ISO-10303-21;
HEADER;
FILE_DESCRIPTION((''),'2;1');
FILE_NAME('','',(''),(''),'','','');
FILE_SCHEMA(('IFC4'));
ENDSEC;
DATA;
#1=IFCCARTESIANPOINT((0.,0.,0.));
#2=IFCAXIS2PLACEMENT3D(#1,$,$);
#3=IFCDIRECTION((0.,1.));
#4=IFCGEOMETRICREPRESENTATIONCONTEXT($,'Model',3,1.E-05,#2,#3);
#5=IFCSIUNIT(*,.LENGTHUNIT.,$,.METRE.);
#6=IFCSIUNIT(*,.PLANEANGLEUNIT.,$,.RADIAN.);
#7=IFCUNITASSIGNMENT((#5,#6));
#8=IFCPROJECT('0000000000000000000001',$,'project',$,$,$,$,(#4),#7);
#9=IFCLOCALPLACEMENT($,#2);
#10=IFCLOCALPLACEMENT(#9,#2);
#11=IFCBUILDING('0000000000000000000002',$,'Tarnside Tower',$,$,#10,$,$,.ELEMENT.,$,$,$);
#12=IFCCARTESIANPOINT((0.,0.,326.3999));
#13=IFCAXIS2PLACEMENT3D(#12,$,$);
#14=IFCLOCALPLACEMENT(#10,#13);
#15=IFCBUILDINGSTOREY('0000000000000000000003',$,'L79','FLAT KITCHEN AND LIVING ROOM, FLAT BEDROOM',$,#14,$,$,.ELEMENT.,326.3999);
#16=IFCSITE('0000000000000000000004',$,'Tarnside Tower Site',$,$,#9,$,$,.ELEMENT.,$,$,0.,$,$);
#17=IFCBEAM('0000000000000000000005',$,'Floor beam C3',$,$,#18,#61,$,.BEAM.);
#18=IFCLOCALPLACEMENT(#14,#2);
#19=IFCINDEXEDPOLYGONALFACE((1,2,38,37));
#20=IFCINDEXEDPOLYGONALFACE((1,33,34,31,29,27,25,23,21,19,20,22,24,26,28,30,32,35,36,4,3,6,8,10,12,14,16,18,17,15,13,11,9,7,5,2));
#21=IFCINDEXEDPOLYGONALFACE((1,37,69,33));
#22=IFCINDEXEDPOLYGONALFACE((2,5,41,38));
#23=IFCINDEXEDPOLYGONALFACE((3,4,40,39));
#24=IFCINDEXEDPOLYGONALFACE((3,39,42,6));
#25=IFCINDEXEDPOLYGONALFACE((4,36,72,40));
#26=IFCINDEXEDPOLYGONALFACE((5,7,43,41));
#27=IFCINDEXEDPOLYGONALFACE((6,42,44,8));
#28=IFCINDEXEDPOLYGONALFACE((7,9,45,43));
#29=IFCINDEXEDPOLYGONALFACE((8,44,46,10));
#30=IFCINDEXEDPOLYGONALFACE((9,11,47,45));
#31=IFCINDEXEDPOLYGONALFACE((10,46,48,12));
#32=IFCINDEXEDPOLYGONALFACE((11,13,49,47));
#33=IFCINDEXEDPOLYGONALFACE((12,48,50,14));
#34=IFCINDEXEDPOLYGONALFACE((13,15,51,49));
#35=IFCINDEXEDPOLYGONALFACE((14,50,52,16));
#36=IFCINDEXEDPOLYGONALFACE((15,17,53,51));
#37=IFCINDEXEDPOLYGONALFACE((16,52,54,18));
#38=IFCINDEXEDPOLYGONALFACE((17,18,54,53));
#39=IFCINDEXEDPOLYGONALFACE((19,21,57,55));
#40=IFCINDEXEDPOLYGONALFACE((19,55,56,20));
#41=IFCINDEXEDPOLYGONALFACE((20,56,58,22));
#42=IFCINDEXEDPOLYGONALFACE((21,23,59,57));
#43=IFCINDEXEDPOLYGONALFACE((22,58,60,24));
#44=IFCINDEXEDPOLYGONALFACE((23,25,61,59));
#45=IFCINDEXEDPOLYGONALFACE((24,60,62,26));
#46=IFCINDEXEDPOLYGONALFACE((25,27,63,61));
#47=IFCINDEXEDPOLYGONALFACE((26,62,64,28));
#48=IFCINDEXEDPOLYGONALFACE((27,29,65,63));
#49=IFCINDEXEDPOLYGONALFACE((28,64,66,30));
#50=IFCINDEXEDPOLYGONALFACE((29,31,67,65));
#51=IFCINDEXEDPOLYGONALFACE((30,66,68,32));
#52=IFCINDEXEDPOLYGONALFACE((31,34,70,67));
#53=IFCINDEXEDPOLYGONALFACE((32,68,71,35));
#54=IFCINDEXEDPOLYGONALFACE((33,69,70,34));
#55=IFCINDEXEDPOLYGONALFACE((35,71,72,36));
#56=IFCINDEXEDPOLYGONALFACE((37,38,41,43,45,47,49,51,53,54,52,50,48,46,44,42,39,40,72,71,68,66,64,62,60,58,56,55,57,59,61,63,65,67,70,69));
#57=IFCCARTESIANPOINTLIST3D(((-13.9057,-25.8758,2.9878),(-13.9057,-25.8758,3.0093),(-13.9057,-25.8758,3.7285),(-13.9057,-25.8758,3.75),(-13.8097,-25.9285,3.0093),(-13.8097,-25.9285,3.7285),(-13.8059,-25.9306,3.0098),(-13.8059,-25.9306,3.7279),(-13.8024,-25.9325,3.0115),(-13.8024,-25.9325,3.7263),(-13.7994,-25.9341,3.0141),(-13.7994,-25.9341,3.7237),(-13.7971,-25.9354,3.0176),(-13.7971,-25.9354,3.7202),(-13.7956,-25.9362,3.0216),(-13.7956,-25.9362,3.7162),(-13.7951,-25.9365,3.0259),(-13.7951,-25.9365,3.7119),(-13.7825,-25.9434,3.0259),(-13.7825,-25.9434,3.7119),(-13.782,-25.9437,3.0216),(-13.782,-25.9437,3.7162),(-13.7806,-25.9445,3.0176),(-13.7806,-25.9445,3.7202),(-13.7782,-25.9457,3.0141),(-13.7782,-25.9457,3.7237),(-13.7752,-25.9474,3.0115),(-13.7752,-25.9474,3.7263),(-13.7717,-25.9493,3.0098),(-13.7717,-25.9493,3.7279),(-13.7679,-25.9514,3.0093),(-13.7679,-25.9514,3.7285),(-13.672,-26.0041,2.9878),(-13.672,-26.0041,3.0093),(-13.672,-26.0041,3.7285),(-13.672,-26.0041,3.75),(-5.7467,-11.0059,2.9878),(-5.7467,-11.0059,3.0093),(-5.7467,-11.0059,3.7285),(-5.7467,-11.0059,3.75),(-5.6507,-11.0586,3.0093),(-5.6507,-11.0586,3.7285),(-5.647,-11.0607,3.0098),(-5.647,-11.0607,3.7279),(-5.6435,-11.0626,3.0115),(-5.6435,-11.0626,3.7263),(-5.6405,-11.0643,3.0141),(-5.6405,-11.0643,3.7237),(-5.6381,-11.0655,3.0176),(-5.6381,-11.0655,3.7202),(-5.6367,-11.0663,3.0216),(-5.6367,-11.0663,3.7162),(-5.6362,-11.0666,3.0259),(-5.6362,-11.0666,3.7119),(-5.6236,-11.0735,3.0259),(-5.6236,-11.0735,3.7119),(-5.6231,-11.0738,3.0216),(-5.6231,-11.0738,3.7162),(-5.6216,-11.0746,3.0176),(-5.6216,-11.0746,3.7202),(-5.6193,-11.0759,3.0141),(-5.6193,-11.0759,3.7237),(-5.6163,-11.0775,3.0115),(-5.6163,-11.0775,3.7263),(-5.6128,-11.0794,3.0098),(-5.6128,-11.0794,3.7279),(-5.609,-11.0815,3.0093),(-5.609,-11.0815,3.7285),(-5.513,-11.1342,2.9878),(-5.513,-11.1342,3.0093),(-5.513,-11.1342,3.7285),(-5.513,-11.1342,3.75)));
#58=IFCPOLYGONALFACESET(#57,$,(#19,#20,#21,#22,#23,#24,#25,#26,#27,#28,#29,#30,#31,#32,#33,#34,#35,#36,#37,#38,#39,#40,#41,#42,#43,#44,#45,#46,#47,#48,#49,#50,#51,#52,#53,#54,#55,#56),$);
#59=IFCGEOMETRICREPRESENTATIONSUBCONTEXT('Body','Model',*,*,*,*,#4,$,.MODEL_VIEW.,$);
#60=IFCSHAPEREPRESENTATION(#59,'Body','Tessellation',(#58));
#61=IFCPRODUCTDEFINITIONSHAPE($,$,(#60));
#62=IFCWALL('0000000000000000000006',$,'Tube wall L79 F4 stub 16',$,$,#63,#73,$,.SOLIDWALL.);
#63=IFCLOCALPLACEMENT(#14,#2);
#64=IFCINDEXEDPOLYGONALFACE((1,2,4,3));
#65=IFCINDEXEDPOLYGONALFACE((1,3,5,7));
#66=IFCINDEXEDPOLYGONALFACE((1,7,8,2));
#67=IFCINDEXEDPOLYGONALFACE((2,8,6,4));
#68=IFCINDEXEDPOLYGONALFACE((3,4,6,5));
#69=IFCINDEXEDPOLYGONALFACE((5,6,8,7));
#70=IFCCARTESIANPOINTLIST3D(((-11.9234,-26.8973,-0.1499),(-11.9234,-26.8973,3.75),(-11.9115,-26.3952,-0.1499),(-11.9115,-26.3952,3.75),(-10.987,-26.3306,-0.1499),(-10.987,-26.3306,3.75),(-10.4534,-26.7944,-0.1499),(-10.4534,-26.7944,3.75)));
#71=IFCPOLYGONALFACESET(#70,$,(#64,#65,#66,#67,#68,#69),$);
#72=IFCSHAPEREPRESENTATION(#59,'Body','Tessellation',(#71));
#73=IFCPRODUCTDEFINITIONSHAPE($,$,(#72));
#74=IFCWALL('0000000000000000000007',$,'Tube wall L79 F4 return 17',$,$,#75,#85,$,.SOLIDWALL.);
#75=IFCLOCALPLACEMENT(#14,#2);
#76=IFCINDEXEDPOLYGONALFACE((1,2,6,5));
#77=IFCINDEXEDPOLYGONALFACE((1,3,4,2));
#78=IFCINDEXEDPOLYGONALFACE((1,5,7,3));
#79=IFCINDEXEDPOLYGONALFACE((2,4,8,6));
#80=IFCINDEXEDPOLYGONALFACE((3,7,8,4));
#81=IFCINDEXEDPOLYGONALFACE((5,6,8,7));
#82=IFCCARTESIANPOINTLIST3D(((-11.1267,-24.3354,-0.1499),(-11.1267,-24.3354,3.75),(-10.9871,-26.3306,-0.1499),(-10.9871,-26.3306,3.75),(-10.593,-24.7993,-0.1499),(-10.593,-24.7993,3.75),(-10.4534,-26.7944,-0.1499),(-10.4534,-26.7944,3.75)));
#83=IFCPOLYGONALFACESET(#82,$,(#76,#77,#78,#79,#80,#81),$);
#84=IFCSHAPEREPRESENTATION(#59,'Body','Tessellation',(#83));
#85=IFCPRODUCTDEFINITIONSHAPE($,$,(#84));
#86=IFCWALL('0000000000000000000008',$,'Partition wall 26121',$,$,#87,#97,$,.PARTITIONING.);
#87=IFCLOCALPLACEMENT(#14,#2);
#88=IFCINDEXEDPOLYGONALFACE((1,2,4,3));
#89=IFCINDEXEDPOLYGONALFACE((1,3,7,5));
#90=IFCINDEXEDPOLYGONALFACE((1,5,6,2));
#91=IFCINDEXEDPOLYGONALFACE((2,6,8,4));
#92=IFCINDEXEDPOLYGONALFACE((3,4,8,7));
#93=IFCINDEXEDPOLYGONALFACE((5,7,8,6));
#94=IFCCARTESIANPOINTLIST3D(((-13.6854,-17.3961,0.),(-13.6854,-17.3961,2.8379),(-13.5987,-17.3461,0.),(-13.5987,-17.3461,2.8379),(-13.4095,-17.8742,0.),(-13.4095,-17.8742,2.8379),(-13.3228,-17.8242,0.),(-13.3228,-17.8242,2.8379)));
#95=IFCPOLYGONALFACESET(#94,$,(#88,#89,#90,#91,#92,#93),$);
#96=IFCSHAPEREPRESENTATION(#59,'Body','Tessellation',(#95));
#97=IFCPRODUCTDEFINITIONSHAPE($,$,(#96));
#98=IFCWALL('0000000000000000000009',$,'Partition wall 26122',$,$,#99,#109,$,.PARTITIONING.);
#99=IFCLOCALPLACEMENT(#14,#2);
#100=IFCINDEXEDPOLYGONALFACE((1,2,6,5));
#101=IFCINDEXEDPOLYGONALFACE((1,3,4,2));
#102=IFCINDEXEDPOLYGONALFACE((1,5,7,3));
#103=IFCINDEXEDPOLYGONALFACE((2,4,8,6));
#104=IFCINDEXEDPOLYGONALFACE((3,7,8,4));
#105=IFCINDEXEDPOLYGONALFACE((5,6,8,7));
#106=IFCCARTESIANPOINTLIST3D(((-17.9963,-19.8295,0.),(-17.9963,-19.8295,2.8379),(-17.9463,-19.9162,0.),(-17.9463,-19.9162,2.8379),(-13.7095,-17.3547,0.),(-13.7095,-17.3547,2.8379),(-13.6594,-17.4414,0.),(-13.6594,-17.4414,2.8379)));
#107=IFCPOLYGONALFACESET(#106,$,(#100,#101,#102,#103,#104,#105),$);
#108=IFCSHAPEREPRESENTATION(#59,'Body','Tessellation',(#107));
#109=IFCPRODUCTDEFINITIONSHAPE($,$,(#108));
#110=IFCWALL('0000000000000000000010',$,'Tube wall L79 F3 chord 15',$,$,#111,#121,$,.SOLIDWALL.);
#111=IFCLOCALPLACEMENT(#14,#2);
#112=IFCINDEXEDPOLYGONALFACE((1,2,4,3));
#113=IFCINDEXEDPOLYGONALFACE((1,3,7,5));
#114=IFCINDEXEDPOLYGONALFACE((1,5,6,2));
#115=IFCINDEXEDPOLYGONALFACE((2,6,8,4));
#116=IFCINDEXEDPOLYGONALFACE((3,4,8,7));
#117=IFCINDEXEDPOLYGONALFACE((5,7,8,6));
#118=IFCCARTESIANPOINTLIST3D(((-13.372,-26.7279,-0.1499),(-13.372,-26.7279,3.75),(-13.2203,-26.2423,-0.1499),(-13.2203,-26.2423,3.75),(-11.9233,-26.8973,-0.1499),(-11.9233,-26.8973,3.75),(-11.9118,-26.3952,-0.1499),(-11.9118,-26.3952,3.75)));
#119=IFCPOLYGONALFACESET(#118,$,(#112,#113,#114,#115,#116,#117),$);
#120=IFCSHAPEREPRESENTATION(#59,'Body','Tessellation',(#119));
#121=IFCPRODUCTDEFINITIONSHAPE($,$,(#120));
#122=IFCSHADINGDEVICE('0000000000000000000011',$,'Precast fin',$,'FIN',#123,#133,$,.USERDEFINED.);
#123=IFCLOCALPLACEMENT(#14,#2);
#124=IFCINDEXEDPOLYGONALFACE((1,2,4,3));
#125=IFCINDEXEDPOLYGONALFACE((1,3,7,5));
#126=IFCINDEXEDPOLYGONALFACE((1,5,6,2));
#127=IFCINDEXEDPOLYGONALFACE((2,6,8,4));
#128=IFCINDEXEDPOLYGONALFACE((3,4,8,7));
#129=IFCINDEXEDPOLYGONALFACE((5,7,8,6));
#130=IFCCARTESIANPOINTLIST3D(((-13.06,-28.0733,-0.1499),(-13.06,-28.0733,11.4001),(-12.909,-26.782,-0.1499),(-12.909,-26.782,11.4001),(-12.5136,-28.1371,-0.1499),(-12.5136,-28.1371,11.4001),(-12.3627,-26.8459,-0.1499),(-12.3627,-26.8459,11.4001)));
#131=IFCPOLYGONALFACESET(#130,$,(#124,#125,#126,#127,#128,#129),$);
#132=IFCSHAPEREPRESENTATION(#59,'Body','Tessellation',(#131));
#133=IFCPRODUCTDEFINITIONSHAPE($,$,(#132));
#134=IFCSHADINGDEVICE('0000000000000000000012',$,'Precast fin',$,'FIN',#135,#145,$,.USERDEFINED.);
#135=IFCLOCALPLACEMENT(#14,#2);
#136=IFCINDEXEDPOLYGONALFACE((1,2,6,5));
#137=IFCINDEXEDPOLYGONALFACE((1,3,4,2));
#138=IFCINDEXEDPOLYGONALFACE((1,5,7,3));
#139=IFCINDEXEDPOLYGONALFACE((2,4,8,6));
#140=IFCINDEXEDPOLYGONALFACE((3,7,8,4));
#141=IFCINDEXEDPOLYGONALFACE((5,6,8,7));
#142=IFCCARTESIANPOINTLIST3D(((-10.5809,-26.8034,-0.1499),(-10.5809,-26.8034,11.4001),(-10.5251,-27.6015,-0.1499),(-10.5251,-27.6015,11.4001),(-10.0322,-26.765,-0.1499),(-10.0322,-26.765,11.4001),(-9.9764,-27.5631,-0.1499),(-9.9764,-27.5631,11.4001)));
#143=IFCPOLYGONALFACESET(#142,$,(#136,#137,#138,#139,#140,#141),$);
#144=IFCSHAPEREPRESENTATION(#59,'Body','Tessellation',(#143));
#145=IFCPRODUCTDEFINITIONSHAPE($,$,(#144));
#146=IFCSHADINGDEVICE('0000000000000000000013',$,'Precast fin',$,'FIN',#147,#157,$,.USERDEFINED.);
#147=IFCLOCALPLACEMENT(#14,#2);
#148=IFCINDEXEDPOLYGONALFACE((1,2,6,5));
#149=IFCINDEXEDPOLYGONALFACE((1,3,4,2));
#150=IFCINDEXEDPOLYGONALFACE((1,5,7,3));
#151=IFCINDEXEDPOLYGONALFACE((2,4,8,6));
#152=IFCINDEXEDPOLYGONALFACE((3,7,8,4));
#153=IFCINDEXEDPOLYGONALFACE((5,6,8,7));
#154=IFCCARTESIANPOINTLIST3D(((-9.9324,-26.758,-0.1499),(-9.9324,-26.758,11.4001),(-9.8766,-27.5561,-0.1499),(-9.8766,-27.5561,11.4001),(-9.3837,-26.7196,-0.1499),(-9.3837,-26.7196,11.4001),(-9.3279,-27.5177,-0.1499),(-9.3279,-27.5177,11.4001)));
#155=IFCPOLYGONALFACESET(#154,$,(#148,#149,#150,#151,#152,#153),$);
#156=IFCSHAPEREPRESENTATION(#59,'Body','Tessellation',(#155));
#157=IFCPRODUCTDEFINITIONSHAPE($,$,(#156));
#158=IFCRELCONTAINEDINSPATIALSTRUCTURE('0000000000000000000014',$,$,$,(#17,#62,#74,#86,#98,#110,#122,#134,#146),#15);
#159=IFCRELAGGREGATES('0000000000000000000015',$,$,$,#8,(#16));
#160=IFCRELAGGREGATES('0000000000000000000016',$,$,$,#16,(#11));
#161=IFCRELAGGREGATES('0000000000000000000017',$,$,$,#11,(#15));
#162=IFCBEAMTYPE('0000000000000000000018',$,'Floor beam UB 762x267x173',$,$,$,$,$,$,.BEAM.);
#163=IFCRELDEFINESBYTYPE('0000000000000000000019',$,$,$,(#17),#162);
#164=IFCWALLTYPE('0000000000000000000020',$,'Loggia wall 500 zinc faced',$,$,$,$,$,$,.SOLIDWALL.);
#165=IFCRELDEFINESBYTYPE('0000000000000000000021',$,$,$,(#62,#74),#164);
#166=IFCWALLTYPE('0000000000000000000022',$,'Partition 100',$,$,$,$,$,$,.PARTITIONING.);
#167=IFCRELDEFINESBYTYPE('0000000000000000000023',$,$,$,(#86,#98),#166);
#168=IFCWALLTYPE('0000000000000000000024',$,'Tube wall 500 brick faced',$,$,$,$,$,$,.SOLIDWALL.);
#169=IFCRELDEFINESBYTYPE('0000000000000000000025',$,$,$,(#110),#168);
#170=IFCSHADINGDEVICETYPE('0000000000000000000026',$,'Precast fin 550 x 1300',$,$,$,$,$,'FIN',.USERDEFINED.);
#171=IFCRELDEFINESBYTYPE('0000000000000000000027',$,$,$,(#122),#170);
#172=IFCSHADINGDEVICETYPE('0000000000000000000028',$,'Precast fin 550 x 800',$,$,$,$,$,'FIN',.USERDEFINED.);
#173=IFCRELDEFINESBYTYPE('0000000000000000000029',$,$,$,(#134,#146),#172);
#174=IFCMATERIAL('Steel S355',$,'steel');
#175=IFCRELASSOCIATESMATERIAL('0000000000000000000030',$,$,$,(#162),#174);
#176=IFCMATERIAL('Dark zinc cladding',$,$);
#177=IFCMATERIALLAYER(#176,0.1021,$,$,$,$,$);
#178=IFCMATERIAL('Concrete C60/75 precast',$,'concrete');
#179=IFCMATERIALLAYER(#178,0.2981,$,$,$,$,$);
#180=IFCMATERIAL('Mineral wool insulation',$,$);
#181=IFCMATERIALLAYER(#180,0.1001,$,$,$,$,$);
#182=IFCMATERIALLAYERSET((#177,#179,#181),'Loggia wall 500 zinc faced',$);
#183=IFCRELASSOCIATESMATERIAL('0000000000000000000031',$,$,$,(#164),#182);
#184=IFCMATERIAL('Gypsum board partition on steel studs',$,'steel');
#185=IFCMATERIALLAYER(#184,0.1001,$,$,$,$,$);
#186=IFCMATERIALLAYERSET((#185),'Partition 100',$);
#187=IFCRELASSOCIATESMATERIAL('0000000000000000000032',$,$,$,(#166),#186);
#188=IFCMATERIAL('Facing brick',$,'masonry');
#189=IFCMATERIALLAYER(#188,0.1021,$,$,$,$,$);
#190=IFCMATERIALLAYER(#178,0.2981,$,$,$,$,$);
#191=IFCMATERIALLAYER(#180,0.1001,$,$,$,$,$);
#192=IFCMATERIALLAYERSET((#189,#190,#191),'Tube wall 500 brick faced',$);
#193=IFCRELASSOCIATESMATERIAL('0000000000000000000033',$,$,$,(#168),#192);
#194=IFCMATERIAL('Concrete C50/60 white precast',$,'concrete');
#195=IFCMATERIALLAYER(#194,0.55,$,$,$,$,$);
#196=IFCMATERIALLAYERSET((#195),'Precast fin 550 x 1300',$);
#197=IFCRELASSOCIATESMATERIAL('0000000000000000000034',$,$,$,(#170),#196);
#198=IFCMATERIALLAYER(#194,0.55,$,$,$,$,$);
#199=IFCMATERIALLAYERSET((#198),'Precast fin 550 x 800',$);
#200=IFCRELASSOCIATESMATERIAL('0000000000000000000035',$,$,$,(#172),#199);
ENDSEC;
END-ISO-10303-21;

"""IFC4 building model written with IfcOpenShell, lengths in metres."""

from ifc_helpers import new_model, si_unit, direction, frame, frame_2d, origin, origin_2d, place, context, subcontext, project, spatial, polyline, rectangle, i_section, outline, extrude, material, layer, layer_set, material_profile, profile_set, type_object, element, save


model = new_model("IFC4")

# Units and contexts
model_context = context("Model", 3, precision=1e-05, world=origin(), true_north=direction((0.0, 1.0)))
body_context = subcontext(model_context, "Body", "Model", "MODEL_VIEW")
ifc_project = project(units=[si_unit("LENGTHUNIT", "METRE"), si_unit("PLANEANGLEUNIT", "RADIAN")], contexts=[model_context])

# Site, building, storey
site_placement = place(None, origin())
site = spatial("IfcSite", under=ifc_project, at=site_placement, Name="Tarnside Tower Site", CompositionType="ELEMENT", RefElevation=0.0)
building_placement = place(site_placement, origin())
building = spatial("IfcBuilding", under=site, at=building_placement, Name="Tarnside Tower", CompositionType="ELEMENT")
storey_placement = place(building_placement, frame((0.0, 0.0, 326.3999)))
storey = spatial("IfcBuildingStorey", under=building, at=storey_placement, Name="L79", Description="FLAT KITCHEN AND LIVING ROOM, FLAT BEDROOM", CompositionType="ELEMENT", Elevation=326.3999)

# Beam
ifc_material_1 = material(Name="Steel S355", Category="steel")
ifc_material_profile = material_profile(ifc_material_1, i_section(OverallWidth=0.2666, OverallDepth=0.7622, WebThickness=0.0144, FlangeThickness=0.0215, FilletRadius=0.0166, at=origin_2d()), Name="UB 762x267x173")
ifc_profile_set = profile_set([ifc_material_profile], Name="Steel S355")
beam_type = type_object("IfcBeamType", Name="Floor beam UB 762x267x173", PredefinedType="BEAM", material=ifc_profile_set)
beam_placement = place(storey_placement, frame((-13.7888, -25.9399, 3.3689), z_axis=(0.481036, 0.876701, 0.0), x_axis=(-0.876701, 0.481036, 0.0)))
element("IfcBeam", 1, at=beam_placement, inside=storey, type_object=beam_type, Name="Floor beam C3", PredefinedType="BEAM", context=body_context, shape_type="SweptSolid", body=[
    extrude(i_section(OverallWidth=0.2666, OverallDepth=0.7622, WebThickness=0.0144, FlangeThickness=0.0215, FilletRadius=0.0166, at=origin_2d()), origin(), (0.0, 0.0, 1.0), 16.9612),
])

# Walls
ifc_material_2 = material(Name="Dark zinc cladding")
ifc_layer_1 = layer(ifc_material_2, 0.1021)
ifc_material_3 = material(Name="Concrete C60/75 precast", Category="concrete")
ifc_layer_2 = layer(ifc_material_3, 0.2981)
ifc_material_4 = material(Name="Mineral wool insulation")
ifc_layer_3 = layer(ifc_material_4, 0.1001)
ifc_layer_set_1 = layer_set([ifc_layer_1, ifc_layer_2, ifc_layer_3], Name="Loggia wall 500 zinc faced")
wall_type_1 = type_object("IfcWallType", Name="Loggia wall 500 zinc faced", PredefinedType="SOLIDWALL", material=ifc_layer_set_1)
wall_1_placement = place(storey_placement, frame((-11.9175, -26.6462, -0.1499), z_axis=(0.0, 0.0, 1.0), x_axis=(0.997563, 0.069772, 0.0)))
element("IfcWall", 2, at=wall_1_placement, inside=storey, type_object=wall_type_1, Name="Tube wall L79 F4 stub 16", PredefinedType="SOLIDWALL", context=body_context, shape_type="SweptSolid", body=[
    extrude(outline(polyline([(-0.0234, -0.25), (1.4502, -0.25), (0.9502, 0.25), (0.0234, 0.25), (-0.0234, -0.25)])), origin(), (0.0, 0.0, 1.0), 3.8999),
])
wall_2_placement = place(storey_placement, frame((-10.7202, -26.5625, -0.1499), z_axis=(0.0, 0.0, 1.0), x_axis=(-0.069824, 0.997559, 0.0)))
element("IfcWall", 3, at=wall_2_placement, inside=storey, type_object=wall_type_1, Name="Tube wall L79 F4 return 17", PredefinedType="SOLIDWALL", context=body_context, shape_type="SweptSolid", body=[
    extrude(outline(polyline([(-0.25, -0.25), (1.75, -0.25), (2.25, 0.25), (0.25, 0.25), (-0.25, -0.25)])), origin(), (0.0, 0.0, 1.0), 3.8999),
])

# Walls
ifc_material_5 = material(Name="Gypsum board partition on steel studs", Category="steel")
ifc_layer_4 = layer(ifc_material_5, 0.1001)
ifc_layer_set_2 = layer_set([ifc_layer_4], Name="Partition 100")
wall_type_2 = type_object("IfcWallType", Name="Partition 100", PredefinedType="PARTITIONING", material=ifc_layer_set_2)
wall_3_placement = place(storey_placement, frame((-13.3662, -17.8491, 0.0), z_axis=(0.0, 0.0, 1.0), x_axis=(-0.49985, 0.866112, 0.0)))
element("IfcWall", 4, at=wall_3_placement, inside=storey, type_object=wall_type_2, Name="Partition wall 26121", PredefinedType="PARTITIONING", context=body_context, shape_type="SweptSolid", body=[
    extrude(rectangle(XDim=0.552, YDim=0.1001, at=frame_2d((0.2759, 0.0))), origin(), (0.0, 0.0, 1.0), 2.8379),
])
wall_4_placement = place(storey_placement, frame((-13.6843, -17.3979, 0.0), z_axis=(0.0, 0.0, 1.0), x_axis=(-0.86604, -0.499974, 0.0)))
element("IfcWall", 5, at=wall_4_placement, inside=storey, type_object=wall_type_2, Name="Partition wall 26122", PredefinedType="PARTITIONING", context=body_context, shape_type="SweptSolid", body=[
    extrude(rectangle(XDim=4.95, YDim=0.1001, at=frame_2d((2.4751, 0.0))), origin(), (0.0, 0.0, 1.0), 2.8379),
])
ifc_material_6 = material(Name="Facing brick", Category="masonry")
ifc_layer_5 = layer(ifc_material_6, 0.1021)
ifc_layer_6 = layer(ifc_material_3, 0.2981)
ifc_layer_7 = layer(ifc_material_4, 0.1001)
ifc_layer_set_3 = layer_set([ifc_layer_5, ifc_layer_6, ifc_layer_7], Name="Tube wall 500 brick faced")
wall_type_3 = type_object("IfcWallType", Name="Tube wall 500 brick faced", PredefinedType="SOLIDWALL", material=ifc_layer_set_3)
wall_5_placement = place(storey_placement, frame((-13.2961, -26.4851, -0.1499), z_axis=(0.0, 0.0, 1.0), x_axis=(0.993239, -0.116086, 0.0)))
element("IfcWall", 6, at=wall_5_placement, inside=storey, type_object=wall_type_3, Name="Tube wall L79 F3 chord 15", PredefinedType="SOLIDWALL", context=body_context, shape_type="SweptSolid", body=[
    extrude(outline(polyline([(-0.0471, -0.25), (1.4114, -0.25), (1.3645, 0.25), (0.0471, 0.25), (-0.0471, -0.25)])), origin(), (0.0, 0.0, 1.0), 3.8999),
])

# Shading devices
ifc_material_7 = material(Name="Concrete C50/60 white precast", Category="concrete")
ifc_layer_8 = layer(ifc_material_7, 0.55)
ifc_layer_set_4 = layer_set([ifc_layer_8], Name="Precast fin 550 x 1300")
shading_device_type_1 = type_object("IfcShadingDeviceType", Name="Precast fin 550 x 1300", ElementType="FIN", PredefinedType="USERDEFINED", material=ifc_layer_set_4)
shading_device_placement = place(storey_placement, frame((-12.6357, -26.814, -0.1499), z_axis=(-0.993238, 0.116093, 0.0), x_axis=(-0.116093, -0.993238, 0.0)))
element("IfcShadingDevice", 7, at=shading_device_placement, inside=storey, type_object=shading_device_type_1, Name="Precast fin", ObjectType="FIN", PredefinedType="USERDEFINED", context=body_context, shape_type="SweptSolid", body=[
    extrude(outline(polyline([(0.0, 0.0), (1.3, 0.0), (1.3, 11.55), (0.0, 11.55), (0.0, 0.0)])), frame((0.0, 0.0, -0.2749)), (0.0, 0.0, 1.0), 0.55),
])
ifc_layer_9 = layer(ifc_material_7, 0.55)
ifc_layer_set_5 = layer_set([ifc_layer_9], Name="Precast fin 550 x 800")
shading_device_type_2 = type_object("IfcShadingDeviceType", Name="Precast fin 550 x 800", ElementType="FIN", PredefinedType="USERDEFINED", material=ifc_layer_set_5)
for number, where, z_axis, x_axis, name in (
    (8, (-10.3064, -26.7842, -0.1499), (-0.997564, -0.069756, 0.0), (0.069756, -0.997564, 0.0), "Precast fin"),
    (9, (-9.658, -26.7388, -0.1499), (-0.997564, -0.069756, 0.0), (0.069756, -0.997564, 0.0), "Precast fin"),
):
    element("IfcShadingDevice", number, at=place(storey_placement, frame(where, z_axis=z_axis, x_axis=x_axis)), inside=storey, type_object=shading_device_type_2, Name=name, ObjectType="FIN", PredefinedType="USERDEFINED", context=body_context, shape_type="SweptSolid", body=[
        extrude(outline(polyline([(0.0, 0.0), (0.8, 0.0), (0.8, 11.55), (0.0, 11.55), (0.0, 0.0)])), frame((0.0, 0.0, -0.2749)), (0.0, 0.0, 1.0), 0.55),
    ])

save(model, "model.ifc")
